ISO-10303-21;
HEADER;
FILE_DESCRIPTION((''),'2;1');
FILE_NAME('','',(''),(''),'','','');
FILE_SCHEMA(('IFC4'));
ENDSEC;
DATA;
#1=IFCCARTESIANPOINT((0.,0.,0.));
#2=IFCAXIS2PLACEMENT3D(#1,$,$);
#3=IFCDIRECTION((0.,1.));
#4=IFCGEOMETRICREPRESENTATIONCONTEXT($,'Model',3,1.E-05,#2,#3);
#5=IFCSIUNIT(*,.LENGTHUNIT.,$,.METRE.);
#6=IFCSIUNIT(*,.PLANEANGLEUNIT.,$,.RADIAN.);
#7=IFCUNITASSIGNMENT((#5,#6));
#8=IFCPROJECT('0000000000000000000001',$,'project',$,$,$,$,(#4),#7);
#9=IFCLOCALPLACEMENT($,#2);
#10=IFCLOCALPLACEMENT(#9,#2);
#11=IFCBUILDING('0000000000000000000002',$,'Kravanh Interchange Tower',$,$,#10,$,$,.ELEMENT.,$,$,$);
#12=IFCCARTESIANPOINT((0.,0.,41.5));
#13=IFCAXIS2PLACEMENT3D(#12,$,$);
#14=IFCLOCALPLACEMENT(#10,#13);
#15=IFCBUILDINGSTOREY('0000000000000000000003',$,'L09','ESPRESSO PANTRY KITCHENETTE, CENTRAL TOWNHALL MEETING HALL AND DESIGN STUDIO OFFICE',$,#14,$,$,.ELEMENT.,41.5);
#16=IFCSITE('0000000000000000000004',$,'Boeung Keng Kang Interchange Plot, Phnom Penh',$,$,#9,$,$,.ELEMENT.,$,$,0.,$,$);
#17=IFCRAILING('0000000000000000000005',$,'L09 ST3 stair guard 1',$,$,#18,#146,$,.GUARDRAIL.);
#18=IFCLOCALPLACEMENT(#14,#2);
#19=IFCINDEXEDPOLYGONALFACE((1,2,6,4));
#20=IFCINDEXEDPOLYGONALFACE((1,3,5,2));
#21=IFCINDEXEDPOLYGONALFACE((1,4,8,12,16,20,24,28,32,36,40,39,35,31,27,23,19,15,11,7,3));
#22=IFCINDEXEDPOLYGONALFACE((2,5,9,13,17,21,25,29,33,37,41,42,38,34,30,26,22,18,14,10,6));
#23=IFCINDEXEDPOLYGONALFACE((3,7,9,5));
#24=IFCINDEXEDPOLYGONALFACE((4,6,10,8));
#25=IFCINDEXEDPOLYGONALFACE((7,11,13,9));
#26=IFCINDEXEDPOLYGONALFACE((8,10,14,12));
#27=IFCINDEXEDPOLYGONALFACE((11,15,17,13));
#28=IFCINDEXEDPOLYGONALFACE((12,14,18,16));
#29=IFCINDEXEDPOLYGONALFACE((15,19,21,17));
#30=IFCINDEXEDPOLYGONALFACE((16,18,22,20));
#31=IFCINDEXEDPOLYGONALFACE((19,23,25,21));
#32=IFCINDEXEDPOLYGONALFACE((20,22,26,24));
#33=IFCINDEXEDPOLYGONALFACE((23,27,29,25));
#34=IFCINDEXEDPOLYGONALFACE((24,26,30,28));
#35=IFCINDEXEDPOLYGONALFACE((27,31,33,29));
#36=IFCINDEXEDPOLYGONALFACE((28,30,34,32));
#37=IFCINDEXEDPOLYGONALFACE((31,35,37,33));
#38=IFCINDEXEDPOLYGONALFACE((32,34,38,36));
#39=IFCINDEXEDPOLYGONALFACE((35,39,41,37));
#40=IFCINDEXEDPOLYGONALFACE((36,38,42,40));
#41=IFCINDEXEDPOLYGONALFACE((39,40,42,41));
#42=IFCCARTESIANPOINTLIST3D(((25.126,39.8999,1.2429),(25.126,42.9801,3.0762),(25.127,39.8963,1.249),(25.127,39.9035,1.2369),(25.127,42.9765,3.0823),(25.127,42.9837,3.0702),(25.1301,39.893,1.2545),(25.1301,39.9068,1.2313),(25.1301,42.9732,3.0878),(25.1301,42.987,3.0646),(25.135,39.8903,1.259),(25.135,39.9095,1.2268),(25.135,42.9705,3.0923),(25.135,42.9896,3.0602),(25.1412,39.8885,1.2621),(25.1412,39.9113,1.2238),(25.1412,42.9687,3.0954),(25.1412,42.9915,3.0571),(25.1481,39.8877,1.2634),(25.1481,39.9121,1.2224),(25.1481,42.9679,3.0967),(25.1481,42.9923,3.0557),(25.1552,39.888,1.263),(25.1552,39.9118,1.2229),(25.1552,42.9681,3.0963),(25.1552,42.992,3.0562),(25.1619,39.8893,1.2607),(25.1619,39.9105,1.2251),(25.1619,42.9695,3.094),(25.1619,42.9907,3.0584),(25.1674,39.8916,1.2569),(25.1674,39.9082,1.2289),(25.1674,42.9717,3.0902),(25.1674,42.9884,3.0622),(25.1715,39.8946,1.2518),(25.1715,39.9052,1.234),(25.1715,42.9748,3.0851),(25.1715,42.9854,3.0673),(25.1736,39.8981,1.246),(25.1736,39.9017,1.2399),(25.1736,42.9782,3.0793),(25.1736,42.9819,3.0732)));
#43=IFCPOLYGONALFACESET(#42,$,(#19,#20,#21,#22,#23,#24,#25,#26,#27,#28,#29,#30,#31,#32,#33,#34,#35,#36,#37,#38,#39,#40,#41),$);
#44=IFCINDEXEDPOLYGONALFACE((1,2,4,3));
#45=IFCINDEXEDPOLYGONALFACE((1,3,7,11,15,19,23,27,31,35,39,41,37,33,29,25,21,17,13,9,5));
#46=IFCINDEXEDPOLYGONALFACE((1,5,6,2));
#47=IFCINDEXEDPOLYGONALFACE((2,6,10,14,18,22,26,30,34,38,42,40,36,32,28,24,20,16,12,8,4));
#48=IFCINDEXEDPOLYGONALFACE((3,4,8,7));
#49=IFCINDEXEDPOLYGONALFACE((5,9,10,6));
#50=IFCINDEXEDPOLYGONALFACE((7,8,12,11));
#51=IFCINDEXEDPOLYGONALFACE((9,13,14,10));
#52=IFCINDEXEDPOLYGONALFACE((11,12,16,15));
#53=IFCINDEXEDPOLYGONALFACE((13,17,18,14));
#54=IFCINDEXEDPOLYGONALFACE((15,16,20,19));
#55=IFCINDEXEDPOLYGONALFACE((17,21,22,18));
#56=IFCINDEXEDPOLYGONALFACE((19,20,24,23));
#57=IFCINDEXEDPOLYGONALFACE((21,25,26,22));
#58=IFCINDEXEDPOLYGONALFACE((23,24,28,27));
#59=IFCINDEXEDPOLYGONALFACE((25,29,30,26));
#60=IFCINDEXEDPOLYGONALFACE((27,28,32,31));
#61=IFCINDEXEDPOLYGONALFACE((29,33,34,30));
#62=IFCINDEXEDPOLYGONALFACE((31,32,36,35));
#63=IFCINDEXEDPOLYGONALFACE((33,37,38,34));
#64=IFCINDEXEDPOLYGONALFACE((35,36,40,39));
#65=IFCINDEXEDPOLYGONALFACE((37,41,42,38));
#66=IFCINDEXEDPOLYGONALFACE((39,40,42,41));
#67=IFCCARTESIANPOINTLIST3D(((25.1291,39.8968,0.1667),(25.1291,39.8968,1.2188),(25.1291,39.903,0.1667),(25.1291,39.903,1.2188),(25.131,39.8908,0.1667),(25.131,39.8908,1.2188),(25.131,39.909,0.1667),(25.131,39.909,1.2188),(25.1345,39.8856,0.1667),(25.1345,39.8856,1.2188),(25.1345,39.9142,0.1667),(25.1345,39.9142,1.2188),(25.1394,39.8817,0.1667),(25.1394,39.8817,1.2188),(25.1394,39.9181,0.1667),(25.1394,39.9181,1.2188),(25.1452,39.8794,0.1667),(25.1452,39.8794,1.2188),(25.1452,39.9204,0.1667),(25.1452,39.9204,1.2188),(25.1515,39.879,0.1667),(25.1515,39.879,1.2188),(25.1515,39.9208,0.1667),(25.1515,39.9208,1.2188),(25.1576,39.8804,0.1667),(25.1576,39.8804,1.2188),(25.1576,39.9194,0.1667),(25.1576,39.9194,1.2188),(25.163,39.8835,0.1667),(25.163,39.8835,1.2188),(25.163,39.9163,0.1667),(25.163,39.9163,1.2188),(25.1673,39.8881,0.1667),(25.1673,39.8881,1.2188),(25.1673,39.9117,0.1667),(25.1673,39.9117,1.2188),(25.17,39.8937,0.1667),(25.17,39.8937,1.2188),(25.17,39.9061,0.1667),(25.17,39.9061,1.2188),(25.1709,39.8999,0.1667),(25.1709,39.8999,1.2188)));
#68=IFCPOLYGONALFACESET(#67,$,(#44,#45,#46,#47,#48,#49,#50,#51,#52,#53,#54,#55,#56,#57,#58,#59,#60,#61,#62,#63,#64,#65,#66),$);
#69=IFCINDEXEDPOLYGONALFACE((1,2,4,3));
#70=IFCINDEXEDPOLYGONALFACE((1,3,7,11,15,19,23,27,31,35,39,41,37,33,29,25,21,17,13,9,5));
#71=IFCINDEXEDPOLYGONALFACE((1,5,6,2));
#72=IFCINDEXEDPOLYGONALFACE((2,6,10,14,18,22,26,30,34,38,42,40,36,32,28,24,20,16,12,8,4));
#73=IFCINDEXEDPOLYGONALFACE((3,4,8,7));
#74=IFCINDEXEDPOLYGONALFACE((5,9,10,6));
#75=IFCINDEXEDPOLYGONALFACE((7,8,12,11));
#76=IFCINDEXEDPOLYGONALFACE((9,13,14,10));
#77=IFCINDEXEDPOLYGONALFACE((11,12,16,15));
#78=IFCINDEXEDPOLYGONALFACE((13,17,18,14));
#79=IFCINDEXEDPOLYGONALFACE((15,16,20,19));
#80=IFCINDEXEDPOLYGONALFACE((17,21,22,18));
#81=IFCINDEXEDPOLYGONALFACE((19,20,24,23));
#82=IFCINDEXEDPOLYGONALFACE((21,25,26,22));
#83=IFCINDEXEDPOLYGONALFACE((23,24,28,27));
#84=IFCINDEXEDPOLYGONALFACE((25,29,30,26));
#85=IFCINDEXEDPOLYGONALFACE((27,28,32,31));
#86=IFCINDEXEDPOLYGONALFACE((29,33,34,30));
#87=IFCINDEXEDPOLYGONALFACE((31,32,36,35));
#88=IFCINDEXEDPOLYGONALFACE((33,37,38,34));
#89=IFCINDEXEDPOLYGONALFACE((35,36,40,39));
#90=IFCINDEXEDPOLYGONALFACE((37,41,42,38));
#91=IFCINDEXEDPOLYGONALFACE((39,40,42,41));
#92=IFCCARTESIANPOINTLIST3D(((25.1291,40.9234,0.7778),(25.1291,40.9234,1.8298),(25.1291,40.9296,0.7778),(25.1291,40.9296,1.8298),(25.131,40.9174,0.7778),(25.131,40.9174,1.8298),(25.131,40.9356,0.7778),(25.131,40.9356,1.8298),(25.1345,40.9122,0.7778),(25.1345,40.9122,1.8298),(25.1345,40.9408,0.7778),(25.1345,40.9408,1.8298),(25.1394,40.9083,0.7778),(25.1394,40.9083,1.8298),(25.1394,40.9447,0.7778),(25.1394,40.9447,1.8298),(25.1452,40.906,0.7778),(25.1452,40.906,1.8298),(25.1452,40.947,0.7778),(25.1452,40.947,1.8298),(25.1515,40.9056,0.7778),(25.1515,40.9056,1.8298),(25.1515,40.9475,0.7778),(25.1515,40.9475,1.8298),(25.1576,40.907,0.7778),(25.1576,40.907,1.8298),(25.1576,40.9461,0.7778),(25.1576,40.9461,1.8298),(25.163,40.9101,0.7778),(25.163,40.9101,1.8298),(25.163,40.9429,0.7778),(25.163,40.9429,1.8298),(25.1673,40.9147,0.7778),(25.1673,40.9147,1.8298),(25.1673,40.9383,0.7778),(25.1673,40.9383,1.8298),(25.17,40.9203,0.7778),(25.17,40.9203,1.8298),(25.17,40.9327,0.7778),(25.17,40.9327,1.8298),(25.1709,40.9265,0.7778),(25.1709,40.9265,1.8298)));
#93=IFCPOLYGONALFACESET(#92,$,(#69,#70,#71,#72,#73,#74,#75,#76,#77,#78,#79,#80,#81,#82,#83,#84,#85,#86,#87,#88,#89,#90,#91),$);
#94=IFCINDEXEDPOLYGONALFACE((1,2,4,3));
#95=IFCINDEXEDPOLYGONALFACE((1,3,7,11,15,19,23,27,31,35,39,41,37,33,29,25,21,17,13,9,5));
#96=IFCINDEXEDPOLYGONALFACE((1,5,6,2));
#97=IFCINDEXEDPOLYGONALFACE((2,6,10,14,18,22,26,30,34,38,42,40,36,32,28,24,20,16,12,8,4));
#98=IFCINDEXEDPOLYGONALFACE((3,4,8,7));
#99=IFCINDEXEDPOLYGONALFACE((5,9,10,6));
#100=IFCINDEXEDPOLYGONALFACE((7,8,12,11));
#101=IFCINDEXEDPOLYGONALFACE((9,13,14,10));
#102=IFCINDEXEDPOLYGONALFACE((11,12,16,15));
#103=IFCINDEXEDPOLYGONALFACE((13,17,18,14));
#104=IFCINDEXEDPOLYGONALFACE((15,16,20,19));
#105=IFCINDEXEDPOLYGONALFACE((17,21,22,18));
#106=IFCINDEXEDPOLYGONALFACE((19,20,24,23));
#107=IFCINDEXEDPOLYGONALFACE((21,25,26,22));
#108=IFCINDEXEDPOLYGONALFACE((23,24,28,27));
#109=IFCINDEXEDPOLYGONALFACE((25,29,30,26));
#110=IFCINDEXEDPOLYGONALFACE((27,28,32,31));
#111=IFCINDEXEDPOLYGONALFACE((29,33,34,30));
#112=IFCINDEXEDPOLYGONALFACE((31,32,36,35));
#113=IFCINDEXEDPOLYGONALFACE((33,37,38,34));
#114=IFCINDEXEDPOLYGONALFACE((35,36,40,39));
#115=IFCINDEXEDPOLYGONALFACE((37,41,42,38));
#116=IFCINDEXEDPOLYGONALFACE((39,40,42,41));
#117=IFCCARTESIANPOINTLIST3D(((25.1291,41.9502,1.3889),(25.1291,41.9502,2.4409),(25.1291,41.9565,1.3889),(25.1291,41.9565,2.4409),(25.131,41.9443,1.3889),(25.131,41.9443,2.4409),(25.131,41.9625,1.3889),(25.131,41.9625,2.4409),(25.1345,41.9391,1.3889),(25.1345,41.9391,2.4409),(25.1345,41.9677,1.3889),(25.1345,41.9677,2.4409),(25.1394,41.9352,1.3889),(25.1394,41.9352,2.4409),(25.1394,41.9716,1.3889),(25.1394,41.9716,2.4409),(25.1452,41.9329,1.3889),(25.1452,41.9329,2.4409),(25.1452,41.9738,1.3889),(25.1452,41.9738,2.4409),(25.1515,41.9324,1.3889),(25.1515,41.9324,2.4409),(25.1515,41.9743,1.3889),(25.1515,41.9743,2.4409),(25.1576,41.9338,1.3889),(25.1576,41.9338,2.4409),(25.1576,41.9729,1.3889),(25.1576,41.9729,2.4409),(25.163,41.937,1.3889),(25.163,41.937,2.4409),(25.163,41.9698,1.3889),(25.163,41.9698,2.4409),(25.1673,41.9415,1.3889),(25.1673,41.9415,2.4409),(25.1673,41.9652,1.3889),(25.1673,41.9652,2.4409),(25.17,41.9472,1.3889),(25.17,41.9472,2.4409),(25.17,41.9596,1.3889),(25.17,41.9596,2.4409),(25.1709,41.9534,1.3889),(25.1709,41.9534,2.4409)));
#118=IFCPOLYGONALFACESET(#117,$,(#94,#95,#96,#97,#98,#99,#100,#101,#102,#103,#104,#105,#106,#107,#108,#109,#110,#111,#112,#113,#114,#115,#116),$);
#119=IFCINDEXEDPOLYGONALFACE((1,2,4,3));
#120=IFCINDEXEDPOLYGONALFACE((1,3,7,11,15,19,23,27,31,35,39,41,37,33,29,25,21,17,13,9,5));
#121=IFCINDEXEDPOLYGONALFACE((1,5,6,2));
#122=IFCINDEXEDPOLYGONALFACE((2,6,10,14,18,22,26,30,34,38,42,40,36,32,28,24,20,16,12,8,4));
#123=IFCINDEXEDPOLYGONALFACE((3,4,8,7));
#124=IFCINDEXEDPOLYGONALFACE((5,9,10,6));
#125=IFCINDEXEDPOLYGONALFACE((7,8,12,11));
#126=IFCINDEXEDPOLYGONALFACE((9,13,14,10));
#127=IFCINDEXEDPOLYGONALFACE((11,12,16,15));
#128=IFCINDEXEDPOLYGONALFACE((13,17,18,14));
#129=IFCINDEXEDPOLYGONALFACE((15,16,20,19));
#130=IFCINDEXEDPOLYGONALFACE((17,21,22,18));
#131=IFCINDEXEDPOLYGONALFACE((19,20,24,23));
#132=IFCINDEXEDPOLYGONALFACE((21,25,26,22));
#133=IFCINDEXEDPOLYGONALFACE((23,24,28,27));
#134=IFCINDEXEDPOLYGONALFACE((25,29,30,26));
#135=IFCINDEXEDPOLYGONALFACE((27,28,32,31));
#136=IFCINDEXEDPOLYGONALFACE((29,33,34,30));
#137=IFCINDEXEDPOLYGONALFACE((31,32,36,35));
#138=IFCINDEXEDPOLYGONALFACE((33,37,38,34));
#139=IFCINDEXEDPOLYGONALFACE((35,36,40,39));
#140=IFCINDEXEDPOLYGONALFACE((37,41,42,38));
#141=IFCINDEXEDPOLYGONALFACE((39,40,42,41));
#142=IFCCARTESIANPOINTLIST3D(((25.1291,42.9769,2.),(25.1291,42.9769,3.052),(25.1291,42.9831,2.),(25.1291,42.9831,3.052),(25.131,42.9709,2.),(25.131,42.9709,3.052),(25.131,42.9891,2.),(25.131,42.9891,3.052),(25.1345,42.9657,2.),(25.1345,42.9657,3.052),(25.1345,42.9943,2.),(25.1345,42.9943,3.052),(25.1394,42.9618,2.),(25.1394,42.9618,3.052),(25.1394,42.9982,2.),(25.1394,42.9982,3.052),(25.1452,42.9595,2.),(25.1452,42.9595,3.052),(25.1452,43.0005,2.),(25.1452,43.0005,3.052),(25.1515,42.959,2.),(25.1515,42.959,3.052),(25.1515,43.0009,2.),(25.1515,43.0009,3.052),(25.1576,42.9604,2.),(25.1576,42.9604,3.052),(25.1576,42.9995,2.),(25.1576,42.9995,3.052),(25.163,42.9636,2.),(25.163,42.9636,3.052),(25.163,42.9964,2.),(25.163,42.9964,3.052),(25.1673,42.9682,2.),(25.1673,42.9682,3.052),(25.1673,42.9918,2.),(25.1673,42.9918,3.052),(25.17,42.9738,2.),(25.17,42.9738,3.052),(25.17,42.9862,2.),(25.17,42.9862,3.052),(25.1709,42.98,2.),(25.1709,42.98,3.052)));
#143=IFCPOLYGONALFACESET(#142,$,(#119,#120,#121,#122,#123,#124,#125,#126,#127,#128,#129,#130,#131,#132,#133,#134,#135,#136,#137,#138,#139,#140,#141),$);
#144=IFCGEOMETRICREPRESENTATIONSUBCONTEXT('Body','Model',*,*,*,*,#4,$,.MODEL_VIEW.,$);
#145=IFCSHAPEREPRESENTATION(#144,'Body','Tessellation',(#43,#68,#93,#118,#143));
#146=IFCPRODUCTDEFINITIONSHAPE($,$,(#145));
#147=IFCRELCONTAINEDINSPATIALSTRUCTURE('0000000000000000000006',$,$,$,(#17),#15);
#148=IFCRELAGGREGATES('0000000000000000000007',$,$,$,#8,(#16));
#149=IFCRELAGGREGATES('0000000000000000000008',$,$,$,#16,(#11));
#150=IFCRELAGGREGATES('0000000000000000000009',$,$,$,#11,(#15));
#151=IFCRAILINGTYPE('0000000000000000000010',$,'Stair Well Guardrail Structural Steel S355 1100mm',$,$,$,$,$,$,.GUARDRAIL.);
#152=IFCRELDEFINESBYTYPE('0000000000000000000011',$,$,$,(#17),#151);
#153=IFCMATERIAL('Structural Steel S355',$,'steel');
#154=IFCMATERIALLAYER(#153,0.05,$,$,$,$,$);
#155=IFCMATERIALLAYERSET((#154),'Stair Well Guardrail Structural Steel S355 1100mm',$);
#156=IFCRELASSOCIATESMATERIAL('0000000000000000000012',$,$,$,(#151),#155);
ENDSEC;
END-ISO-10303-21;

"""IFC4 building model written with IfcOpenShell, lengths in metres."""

from ifc_helpers import new_model, si_unit, direction, frame, origin, origin_2d, place, context, subcontext, project, spatial, circle, extrude, material, layer, layer_set, type_object, element, save


model = new_model("IFC4")

# Units and contexts
model_context = context("Model", 3, precision=1e-05, world=origin(), true_north=direction((0.0, 1.0)))
body_context = subcontext(model_context, "Body", "Model", "MODEL_VIEW")
ifc_project = project(units=[si_unit("LENGTHUNIT", "METRE"), si_unit("PLANEANGLEUNIT", "RADIAN")], contexts=[model_context])

# Site, building, storey
site_placement = place(None, origin())
site = spatial("IfcSite", under=ifc_project, at=site_placement, Name="Boeung Keng Kang Interchange Plot, Phnom Penh", CompositionType="ELEMENT", RefElevation=0.0)
building_placement = place(site_placement, origin())
building = spatial("IfcBuilding", under=site, at=building_placement, Name="Kravanh Interchange Tower", CompositionType="ELEMENT")
storey_placement = place(building_placement, frame((0.0, 0.0, 41.5)))
storey = spatial("IfcBuildingStorey", under=building, at=storey_placement, Name="L09", Description="ESPRESSO PANTRY KITCHENETTE, CENTRAL TOWNHALL MEETING HALL AND DESIGN STUDIO OFFICE", CompositionType="ELEMENT", Elevation=41.5)

# Railing
ifc_material_1 = material(Name="Structural Steel S355", Category="steel")
ifc_layer_1 = layer(ifc_material_1, 0.05)
ifc_layer_set_1 = layer_set([ifc_layer_1], Name="Stair Well Guardrail Structural Steel S355 1100mm")
railing_type_1 = type_object("IfcRailingType", Name="Stair Well Guardrail Structural Steel S355 1100mm", PredefinedType="GUARDRAIL", material=ifc_layer_set_1)
railing_1_placement = place(storey_placement, frame((25.1499, 39.8999, 0.1667)))
element("IfcRailing", 1, at=railing_1_placement, inside=storey, type_object=railing_type_1, Name="L09 ST3 stair guard 1", PredefinedType="GUARDRAIL", context=body_context, shape_type="SweptSolid", body=[
    extrude(circle(Radius=0.0239, at=origin_2d()), frame((0.0, 0.0, 1.0762), z_axis=(0.0, 0.859309, 0.511458), x_axis=(-1.0, 0.0, 0.0)), (0.0, 0.0, 1.0), 3.5845),
    extrude(circle(Radius=0.021, at=origin_2d()), origin(), (0.0, 0.0, 1.0), 1.052),
    extrude(circle(Radius=0.021, at=origin_2d()), frame((0.0, 1.0266, 0.6111)), (0.0, 0.0, 1.0), 1.052),
    extrude(circle(Radius=0.021, at=origin_2d()), frame((0.0, 2.0535, 1.2222)), (0.0, 0.0, 1.0), 1.052),
    extrude(circle(Radius=0.021, at=origin_2d()), frame((0.0, 3.0801, 1.8333)), (0.0, 0.0, 1.0), 1.052),
])

save(model, "model.ifc")
